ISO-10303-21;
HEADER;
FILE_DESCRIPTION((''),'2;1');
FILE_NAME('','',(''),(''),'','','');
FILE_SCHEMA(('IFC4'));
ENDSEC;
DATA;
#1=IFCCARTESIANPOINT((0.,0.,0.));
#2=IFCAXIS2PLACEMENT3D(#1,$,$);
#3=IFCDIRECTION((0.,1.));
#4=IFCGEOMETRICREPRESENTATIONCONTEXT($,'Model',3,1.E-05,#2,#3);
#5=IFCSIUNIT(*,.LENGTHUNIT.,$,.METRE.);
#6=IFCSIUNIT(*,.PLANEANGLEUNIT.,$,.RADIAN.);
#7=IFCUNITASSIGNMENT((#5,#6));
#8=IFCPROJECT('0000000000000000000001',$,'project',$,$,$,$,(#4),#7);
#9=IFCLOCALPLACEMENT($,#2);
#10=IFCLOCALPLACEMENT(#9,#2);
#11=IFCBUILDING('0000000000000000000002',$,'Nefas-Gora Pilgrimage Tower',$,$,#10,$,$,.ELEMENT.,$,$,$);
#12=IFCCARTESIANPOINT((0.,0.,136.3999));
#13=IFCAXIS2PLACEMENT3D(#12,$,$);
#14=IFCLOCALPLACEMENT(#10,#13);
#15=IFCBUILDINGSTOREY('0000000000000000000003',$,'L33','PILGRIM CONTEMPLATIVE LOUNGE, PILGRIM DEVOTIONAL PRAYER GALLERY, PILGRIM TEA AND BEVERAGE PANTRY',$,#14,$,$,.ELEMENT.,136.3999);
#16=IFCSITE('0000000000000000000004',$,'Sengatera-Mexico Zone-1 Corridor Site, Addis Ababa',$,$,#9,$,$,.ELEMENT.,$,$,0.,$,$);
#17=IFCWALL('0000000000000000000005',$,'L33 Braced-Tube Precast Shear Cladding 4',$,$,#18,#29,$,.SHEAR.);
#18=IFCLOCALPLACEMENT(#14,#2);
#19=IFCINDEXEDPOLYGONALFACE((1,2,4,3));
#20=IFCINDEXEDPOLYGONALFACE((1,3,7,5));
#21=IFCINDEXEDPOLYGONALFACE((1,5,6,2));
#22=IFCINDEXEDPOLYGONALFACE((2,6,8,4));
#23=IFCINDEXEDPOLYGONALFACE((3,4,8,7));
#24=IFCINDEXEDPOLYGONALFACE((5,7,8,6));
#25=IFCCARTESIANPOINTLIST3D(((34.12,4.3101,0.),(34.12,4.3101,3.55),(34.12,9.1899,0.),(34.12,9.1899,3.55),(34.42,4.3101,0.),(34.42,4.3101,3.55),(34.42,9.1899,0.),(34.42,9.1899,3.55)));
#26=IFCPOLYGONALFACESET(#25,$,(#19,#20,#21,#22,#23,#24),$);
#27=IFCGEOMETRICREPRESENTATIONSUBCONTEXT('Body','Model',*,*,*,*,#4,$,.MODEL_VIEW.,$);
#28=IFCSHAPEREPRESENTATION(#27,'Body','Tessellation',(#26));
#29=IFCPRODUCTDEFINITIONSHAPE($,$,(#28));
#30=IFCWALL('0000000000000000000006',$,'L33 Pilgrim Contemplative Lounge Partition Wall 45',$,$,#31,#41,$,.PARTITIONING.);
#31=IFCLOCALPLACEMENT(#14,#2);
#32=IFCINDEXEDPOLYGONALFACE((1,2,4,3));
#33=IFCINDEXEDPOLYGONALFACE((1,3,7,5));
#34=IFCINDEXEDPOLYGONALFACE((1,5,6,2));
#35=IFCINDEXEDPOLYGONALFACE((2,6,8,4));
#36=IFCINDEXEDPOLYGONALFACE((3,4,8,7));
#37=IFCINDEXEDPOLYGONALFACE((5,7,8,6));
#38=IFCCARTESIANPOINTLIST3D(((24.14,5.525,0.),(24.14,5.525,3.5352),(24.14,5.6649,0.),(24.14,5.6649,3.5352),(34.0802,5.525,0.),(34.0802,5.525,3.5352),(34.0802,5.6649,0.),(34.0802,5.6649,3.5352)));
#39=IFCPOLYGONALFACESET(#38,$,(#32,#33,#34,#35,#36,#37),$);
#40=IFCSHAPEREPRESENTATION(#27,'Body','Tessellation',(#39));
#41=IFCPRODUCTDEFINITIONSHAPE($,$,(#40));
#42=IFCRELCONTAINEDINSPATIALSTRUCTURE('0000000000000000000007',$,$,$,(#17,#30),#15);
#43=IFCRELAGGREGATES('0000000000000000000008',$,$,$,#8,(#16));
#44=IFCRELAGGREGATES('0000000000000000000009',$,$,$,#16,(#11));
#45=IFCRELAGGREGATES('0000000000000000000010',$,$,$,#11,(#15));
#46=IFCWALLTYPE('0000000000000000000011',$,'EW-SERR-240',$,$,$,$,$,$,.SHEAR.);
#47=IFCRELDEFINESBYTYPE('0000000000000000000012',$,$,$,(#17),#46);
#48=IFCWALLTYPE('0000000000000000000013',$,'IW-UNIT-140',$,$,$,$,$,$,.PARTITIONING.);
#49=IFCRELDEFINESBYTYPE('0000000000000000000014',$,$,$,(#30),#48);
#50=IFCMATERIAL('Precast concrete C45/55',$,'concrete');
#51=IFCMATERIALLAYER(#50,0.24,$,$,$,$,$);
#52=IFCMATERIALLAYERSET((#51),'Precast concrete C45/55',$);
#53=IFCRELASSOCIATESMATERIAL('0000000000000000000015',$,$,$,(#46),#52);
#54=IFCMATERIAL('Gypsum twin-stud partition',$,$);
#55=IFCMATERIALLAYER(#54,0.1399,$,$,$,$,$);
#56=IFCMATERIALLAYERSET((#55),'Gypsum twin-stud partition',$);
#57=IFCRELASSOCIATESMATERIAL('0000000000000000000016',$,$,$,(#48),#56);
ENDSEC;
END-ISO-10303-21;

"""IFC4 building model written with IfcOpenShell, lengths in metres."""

from ifc_helpers import new_model, si_unit, direction, frame, frame_2d, origin, place, context, subcontext, project, spatial, rectangle, extrude, source, transform, mapped, material, layer, layer_set, type_object, element, save


model = new_model("IFC4")

# Units and contexts
model_context = context("Model", 3, precision=1e-05, world=origin(), true_north=direction((0.0, 1.0)))
body_context = subcontext(model_context, "Body", "Model", "MODEL_VIEW")
ifc_project = project(units=[si_unit("LENGTHUNIT", "METRE"), si_unit("PLANEANGLEUNIT", "RADIAN")], contexts=[model_context])

# Site, building, storey
site_placement = place(None, origin())
site = spatial("IfcSite", under=ifc_project, at=site_placement, Name="Sengatera-Mexico Zone-1 Corridor Site, Addis Ababa", CompositionType="ELEMENT", RefElevation=0.0)
building_placement = place(site_placement, origin())
building = spatial("IfcBuilding", under=site, at=building_placement, Name="Nefas-Gora Pilgrimage Tower", CompositionType="ELEMENT")
storey_placement = place(building_placement, frame((0.0, 0.0, 136.3999)))
storey = spatial("IfcBuildingStorey", under=building, at=storey_placement, Name="L33", Description="PILGRIM CONTEMPLATIVE LOUNGE, PILGRIM DEVOTIONAL PRAYER GALLERY, PILGRIM TEA AND BEVERAGE PANTRY", CompositionType="ELEMENT", Elevation=136.3999)

# Walls
ifc_material_1 = material(Name="Precast concrete C45/55", Category="concrete")
ifc_layer_1 = layer(ifc_material_1, 0.24)
ifc_layer_set_1 = layer_set([ifc_layer_1], Name="Precast concrete C45/55")
wall_type_1 = type_object("IfcWallType", Name="EW-SERR-240", PredefinedType="SHEAR", material=ifc_layer_set_1)
shared_shape_1 = source(origin(), body_context, "Body", "SweptSolid", [
    extrude(rectangle(XDim=4.8799, YDim=0.3, at=frame_2d((2.4399, 0.0))), origin(), (0.0, 0.0, 1.0), 3.55),
])
wall_1_placement = place(storey_placement, frame((34.27, 4.3101, 0.0), z_axis=(0.0, 0.0, 1.0), x_axis=(0.0, 1.0, 0.0)))
element("IfcWall", 1, at=wall_1_placement, inside=storey, type_object=wall_type_1, Name="L33 Braced-Tube Precast Shear Cladding 4", PredefinedType="SHEAR", context=body_context, shape_type="MappedRepresentation", body=[
    mapped(shared_shape_1, transform((0.0, 0.0, 0.0), x_axis=(1.0, 0.0, 0.0), y_axis=(0.0, 1.0, 0.0), z_axis=(0.0, 0.0, 1.0), scale=1.0)),
])
ifc_material_2 = material(Name="Gypsum twin-stud partition")
ifc_layer_2 = layer(ifc_material_2, 0.1399)
ifc_layer_set_2 = layer_set([ifc_layer_2], Name="Gypsum twin-stud partition")
wall_type_2 = type_object("IfcWallType", Name="IW-UNIT-140", PredefinedType="PARTITIONING", material=ifc_layer_set_2)
shared_shape_2 = source(origin(), body_context, "Body", "SweptSolid", [
    extrude(rectangle(XDim=9.9402, YDim=0.1399, at=frame_2d((4.9702, 0.0))), origin(), (0.0, 0.0, 1.0), 3.5352),
])
wall_2_placement = place(storey_placement, frame((24.1399, 5.595, 0.0), z_axis=(0.0, 0.0, 1.0), x_axis=(1.0, 0.0, 0.0)))
element("IfcWall", 2, at=wall_2_placement, inside=storey, type_object=wall_type_2, Name="L33 Pilgrim Contemplative Lounge Partition Wall 45", PredefinedType="PARTITIONING", context=body_context, shape_type="MappedRepresentation", body=[
    mapped(shared_shape_2, transform((0.0, 0.0, 0.0), x_axis=(1.0, 0.0, 0.0), y_axis=(0.0, 1.0, 0.0), z_axis=(0.0, 0.0, 1.0), scale=1.0)),
])

save(model, "model.ifc")
